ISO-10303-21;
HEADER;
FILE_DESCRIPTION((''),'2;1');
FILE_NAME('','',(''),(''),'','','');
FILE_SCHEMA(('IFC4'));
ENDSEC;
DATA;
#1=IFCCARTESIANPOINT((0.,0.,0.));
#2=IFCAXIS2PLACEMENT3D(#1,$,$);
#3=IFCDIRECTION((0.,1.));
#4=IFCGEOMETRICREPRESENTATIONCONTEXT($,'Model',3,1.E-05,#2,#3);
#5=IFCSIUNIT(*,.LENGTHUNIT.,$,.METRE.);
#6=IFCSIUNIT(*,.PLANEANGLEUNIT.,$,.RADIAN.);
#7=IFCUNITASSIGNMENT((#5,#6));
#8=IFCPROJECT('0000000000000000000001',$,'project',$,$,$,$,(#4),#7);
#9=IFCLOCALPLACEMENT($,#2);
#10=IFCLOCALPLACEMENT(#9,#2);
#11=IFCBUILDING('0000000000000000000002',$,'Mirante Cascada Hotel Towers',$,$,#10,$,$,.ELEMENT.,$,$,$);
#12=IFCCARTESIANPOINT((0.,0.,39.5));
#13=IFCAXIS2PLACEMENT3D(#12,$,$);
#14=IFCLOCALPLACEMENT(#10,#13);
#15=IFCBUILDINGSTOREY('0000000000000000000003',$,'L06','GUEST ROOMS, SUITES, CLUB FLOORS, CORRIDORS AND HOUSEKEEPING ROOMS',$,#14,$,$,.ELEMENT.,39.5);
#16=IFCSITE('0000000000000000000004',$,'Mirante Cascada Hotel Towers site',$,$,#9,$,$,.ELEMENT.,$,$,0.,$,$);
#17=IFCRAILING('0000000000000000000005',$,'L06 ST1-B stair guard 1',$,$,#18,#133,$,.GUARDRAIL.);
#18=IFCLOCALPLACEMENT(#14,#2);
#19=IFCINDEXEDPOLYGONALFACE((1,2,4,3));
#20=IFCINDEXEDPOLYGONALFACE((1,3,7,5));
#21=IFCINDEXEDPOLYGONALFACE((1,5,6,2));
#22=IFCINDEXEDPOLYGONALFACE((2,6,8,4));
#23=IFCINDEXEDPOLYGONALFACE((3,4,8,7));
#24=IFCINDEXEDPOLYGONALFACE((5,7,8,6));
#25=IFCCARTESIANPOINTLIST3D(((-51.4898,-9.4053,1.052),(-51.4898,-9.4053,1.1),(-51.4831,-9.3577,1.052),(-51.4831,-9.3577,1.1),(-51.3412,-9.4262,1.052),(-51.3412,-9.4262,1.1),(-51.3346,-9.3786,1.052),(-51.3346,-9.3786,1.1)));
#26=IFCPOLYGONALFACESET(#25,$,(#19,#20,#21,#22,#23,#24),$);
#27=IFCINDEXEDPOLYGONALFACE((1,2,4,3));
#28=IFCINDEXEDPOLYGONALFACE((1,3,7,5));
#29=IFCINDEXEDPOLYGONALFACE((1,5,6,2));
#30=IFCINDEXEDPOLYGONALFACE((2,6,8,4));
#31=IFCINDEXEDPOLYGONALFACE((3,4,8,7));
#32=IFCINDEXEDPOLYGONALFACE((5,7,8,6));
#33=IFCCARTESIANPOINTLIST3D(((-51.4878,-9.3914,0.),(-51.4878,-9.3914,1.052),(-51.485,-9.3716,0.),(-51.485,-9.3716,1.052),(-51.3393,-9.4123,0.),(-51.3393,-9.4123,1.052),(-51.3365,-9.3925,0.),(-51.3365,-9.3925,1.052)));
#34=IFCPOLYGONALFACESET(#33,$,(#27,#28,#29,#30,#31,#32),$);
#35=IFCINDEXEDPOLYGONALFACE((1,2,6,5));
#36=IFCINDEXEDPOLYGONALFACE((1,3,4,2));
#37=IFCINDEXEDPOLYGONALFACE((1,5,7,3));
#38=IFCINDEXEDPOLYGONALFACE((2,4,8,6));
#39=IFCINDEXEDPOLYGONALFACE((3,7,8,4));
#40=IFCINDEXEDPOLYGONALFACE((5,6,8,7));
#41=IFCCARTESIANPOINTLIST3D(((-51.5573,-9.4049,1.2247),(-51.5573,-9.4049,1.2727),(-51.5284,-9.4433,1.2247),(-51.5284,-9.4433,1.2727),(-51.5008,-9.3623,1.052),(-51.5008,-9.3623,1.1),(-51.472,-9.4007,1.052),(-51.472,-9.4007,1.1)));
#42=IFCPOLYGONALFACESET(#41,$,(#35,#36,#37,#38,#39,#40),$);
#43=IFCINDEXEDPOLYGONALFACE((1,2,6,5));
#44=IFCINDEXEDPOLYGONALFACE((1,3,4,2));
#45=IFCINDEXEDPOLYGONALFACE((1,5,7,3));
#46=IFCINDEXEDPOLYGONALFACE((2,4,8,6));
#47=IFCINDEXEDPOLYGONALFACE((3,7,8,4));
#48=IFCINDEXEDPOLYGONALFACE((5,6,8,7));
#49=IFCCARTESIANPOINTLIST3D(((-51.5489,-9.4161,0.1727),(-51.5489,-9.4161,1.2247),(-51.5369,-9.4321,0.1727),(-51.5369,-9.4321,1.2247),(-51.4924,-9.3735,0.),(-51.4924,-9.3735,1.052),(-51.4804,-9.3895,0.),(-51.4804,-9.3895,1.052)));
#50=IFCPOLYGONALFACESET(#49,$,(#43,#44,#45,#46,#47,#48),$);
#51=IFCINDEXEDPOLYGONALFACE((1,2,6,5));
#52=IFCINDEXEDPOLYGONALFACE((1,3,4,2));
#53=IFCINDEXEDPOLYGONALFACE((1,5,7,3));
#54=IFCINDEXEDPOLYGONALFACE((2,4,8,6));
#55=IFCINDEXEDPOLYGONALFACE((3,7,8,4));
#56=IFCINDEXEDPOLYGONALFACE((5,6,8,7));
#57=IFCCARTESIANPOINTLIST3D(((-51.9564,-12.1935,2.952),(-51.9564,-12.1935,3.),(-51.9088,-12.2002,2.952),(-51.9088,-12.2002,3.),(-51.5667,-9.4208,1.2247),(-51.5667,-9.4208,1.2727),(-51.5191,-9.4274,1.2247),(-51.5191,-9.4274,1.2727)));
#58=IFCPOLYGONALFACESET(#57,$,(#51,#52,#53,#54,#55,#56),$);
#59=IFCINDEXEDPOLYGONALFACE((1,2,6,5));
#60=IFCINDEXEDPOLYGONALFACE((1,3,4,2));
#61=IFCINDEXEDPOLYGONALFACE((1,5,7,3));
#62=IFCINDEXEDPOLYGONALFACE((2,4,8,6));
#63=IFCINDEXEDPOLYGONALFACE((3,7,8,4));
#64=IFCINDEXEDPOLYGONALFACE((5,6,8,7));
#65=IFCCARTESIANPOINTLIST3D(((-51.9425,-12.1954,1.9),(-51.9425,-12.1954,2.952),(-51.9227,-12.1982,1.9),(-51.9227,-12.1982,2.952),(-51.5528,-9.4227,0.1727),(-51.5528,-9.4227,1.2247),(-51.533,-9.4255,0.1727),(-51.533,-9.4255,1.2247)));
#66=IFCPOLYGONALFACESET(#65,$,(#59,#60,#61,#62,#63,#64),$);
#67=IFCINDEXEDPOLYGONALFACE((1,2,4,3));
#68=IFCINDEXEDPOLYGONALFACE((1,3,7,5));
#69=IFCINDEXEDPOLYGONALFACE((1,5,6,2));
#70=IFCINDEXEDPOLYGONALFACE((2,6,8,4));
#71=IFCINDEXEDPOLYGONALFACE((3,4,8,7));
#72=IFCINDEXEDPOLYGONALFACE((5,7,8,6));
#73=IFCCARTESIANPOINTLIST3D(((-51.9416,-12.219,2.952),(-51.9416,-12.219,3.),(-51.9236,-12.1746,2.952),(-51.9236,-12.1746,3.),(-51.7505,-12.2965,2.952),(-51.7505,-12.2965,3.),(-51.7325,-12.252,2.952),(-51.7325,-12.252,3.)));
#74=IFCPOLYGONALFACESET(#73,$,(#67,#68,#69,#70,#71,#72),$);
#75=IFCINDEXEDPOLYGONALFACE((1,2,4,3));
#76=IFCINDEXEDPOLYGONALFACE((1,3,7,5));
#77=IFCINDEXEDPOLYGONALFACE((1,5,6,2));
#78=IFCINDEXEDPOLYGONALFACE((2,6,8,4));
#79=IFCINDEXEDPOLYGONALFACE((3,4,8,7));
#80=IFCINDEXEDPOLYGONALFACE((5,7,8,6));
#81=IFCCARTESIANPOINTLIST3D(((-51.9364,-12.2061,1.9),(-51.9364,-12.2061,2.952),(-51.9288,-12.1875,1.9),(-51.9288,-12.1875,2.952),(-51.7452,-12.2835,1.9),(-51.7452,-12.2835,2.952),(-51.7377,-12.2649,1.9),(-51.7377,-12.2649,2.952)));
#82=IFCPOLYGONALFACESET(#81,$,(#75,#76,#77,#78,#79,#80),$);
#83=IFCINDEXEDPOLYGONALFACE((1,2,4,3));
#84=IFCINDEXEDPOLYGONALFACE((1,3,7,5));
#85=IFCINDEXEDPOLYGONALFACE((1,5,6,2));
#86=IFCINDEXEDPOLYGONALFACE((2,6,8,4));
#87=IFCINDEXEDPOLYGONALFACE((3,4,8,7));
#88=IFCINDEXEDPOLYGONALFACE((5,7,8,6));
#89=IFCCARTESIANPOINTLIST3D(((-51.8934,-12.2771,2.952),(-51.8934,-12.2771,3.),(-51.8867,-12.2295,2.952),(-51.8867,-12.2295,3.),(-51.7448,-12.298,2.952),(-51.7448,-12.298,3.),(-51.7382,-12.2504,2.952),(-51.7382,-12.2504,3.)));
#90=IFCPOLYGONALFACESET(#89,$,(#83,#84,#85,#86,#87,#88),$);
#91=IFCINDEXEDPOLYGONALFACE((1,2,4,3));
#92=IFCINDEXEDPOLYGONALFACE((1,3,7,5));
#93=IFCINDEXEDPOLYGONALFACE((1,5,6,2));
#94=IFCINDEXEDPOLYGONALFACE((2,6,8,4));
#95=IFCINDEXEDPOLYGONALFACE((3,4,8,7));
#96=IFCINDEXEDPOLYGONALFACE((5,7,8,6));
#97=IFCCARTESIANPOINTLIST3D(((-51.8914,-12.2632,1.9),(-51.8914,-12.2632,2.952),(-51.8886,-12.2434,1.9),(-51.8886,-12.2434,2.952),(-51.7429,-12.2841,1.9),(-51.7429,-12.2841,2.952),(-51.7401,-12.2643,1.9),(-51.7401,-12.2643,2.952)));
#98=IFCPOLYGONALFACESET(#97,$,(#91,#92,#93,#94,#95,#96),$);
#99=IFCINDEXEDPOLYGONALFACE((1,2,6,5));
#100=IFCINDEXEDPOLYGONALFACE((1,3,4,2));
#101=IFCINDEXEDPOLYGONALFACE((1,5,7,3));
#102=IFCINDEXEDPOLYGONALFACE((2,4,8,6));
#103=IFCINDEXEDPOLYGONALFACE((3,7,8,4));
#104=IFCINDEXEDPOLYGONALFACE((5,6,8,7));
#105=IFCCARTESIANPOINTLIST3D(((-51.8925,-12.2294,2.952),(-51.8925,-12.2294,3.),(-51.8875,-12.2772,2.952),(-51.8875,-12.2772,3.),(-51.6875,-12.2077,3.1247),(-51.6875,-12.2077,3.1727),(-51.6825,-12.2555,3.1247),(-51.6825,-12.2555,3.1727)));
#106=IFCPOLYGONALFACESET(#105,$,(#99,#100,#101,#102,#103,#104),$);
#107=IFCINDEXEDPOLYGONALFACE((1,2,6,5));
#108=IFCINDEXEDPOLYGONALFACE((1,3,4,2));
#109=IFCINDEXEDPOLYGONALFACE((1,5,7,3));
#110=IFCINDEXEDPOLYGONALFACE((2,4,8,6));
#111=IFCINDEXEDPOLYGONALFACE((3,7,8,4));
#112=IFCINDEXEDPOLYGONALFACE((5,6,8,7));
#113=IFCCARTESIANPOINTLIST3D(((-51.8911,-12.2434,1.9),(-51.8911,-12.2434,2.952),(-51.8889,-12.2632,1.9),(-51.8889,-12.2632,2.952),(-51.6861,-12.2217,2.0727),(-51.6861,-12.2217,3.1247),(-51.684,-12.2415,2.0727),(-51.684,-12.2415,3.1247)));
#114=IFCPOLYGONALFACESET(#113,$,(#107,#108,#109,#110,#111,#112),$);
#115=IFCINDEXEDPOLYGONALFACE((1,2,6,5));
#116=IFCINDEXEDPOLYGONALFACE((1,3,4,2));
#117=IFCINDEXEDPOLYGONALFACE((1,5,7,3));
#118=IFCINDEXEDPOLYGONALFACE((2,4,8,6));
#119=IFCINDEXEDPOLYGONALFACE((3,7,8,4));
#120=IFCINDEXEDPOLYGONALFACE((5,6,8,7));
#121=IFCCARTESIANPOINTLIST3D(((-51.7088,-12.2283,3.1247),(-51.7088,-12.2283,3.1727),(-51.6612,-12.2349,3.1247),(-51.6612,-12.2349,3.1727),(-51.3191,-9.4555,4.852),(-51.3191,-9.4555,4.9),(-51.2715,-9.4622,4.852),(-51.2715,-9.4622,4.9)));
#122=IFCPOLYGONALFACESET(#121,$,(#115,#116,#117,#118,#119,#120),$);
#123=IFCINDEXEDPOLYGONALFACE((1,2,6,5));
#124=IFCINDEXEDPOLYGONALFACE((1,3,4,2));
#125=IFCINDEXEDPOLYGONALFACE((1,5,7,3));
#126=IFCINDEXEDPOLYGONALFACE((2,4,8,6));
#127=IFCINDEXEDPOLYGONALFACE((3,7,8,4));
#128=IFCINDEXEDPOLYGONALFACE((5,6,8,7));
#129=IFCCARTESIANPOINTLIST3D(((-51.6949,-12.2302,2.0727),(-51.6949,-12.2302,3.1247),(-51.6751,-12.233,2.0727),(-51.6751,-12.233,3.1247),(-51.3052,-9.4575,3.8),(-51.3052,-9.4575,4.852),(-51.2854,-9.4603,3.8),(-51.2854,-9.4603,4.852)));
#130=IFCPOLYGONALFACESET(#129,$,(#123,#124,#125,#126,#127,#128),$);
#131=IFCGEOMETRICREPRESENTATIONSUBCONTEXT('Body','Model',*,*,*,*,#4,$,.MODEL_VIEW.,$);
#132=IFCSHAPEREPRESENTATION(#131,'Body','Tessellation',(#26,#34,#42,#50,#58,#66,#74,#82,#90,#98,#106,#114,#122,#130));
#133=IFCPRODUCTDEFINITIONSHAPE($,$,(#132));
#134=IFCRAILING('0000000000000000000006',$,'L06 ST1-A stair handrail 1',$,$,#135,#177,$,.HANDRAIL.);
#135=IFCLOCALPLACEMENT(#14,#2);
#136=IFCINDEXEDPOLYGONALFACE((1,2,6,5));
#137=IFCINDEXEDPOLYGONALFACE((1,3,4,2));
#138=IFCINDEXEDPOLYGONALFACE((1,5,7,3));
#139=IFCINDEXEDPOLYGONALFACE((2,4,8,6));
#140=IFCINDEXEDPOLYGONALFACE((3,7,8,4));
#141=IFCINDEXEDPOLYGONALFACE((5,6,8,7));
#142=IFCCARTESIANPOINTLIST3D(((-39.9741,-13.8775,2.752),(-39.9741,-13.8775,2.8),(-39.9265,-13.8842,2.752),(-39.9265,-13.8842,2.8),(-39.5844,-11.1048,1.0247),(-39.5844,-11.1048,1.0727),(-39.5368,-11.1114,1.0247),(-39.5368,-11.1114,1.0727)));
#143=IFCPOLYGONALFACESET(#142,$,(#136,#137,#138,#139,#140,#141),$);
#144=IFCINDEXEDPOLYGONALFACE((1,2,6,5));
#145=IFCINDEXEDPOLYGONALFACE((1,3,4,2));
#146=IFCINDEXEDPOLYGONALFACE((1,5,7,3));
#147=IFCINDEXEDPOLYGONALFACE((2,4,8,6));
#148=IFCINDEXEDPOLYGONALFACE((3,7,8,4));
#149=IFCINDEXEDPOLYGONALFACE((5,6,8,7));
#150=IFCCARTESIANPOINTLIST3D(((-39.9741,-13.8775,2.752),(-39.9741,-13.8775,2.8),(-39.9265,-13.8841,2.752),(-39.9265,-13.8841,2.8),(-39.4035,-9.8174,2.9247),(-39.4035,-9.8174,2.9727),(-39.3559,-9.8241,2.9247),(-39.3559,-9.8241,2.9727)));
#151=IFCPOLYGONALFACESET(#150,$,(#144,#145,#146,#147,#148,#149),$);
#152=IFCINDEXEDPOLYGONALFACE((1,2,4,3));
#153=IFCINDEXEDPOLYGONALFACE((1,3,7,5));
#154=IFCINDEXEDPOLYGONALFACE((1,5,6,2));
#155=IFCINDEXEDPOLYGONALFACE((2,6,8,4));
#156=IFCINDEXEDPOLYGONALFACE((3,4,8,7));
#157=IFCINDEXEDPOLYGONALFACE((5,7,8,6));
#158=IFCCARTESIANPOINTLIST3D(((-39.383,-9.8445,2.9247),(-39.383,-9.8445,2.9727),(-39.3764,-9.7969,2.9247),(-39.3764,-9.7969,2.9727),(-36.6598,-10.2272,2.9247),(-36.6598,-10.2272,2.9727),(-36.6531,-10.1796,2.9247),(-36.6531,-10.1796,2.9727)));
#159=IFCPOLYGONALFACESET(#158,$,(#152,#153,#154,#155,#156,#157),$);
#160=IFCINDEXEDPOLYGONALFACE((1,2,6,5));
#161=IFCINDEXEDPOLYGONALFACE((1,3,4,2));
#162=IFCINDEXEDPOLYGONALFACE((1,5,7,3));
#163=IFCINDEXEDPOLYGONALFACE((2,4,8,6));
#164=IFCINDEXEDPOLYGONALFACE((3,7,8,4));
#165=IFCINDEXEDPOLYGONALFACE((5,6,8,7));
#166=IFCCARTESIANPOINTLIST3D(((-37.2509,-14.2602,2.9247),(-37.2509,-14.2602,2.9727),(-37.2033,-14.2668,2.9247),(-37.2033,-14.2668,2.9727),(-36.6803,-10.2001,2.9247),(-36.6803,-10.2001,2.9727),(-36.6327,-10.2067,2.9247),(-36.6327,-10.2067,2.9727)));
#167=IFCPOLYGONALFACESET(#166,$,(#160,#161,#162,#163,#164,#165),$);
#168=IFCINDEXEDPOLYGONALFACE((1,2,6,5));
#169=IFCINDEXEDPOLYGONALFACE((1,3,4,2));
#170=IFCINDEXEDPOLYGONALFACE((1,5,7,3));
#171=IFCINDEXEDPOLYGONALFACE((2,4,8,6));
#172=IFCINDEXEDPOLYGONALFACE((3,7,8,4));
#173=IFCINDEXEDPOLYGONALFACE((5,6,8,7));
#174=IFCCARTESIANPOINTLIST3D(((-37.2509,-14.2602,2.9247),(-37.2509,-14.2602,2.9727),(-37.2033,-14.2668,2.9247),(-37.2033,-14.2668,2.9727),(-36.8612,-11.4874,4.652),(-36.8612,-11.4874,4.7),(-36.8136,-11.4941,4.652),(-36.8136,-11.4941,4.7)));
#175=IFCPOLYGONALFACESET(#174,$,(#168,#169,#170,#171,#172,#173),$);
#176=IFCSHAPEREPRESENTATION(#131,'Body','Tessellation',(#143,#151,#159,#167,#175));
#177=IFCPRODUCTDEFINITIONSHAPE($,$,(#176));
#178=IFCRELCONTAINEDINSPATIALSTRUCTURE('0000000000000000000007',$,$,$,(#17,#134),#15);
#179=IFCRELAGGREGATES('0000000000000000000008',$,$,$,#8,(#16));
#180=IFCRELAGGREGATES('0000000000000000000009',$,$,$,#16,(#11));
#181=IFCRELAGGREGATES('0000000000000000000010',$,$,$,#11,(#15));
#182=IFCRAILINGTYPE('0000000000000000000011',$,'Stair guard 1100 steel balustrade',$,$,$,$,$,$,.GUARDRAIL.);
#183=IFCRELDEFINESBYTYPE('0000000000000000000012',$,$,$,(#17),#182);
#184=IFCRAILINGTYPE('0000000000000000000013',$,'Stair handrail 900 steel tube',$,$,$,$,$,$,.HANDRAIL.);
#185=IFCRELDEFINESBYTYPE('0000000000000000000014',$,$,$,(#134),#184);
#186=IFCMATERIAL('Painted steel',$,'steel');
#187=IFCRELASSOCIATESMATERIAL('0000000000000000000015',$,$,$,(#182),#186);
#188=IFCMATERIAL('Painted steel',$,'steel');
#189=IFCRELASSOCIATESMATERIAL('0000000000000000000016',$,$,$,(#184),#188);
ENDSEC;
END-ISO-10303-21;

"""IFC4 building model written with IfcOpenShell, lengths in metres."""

from ifc_helpers import new_model, si_unit, direction, frame, origin, origin_2d, place, context, subcontext, project, spatial, rectangle, extrude, material, type_object, element, save


model = new_model("IFC4")

# Units and contexts
model_context = context("Model", 3, precision=1e-05, world=origin(), true_north=direction((0.0, 1.0)))
body_context = subcontext(model_context, "Body", "Model", "MODEL_VIEW")
ifc_project = project(units=[si_unit("LENGTHUNIT", "METRE"), si_unit("PLANEANGLEUNIT", "RADIAN")], contexts=[model_context])

# Site, building, storey
site_placement = place(None, origin())
site = spatial("IfcSite", under=ifc_project, at=site_placement, Name="Mirante Cascada Hotel Towers site", CompositionType="ELEMENT", RefElevation=0.0)
building_placement = place(site_placement, origin())
building = spatial("IfcBuilding", under=site, at=building_placement, Name="Mirante Cascada Hotel Towers", CompositionType="ELEMENT")
storey_placement = place(building_placement, frame((0.0, 0.0, 39.5)))
storey = spatial("IfcBuildingStorey", under=building, at=storey_placement, Name="L06", Description="GUEST ROOMS, SUITES, CLUB FLOORS, CORRIDORS AND HOUSEKEEPING ROOMS", CompositionType="ELEMENT", Elevation=39.5)

# Railings
ifc_material_1 = material(Name="Painted steel", Category="steel")
railing_type_1 = type_object("IfcRailingType", Name="Stair guard 1100 steel balustrade", PredefinedType="GUARDRAIL", material=ifc_material_1)
railing_1_placement = place(storey_placement, frame((-51.3379, -9.4024, 0.0)))
element("IfcRailing", 1, at=railing_1_placement, inside=storey, type_object=railing_type_1, Name="L06 ST1-B stair guard 1", PredefinedType="GUARDRAIL", context=body_context, shape_type="SweptSolid", body=[
    extrude(rectangle(XDim=0.048, YDim=0.048, at=origin_2d()), frame((0.0, 0.0, 1.076), z_axis=(-0.990241, 0.139367, 0.0), x_axis=(-0.139367, -0.990241, 0.0)), (0.0, 0.0, 1.0), 0.15),
    extrude(rectangle(XDim=0.02, YDim=1.052, at=origin_2d()), frame((0.0, 0.0, 0.526), z_axis=(-0.990241, 0.139367, 0.0), x_axis=(-0.139367, -0.990241, 0.0)), (0.0, 0.0, 1.0), 0.15),
    extrude(rectangle(XDim=0.048, YDim=0.048, at=origin_2d()), frame((-0.1485, 0.0209, 1.076), z_axis=(-0.798471, -0.602033, 0.0), x_axis=(0.602033, -0.798471, 0.0)), (0.0, 0.92534, 0.379139), 0.1866),
    extrude(rectangle(XDim=0.02, YDim=1.052, at=origin_2d()), frame((-0.1485, 0.0209, 0.526), z_axis=(-0.798471, -0.602033, 0.0), x_axis=(0.602033, -0.798471, 0.0)), (0.0, 0.92534, 0.379139), 0.1866),
    extrude(rectangle(XDim=0.048, YDim=0.048, at=origin_2d()), frame((-0.205, -0.0217, 1.2487), z_axis=(-0.139181, -0.990267, 0.0), x_axis=(0.990267, -0.139181, 0.0)), (0.0, 0.525035, 0.851081), 3.2899),
    extrude(rectangle(XDim=0.02, YDim=1.052, at=origin_2d()), frame((-0.205, -0.0217, 0.6987), z_axis=(-0.139181, -0.990267, 0.0), x_axis=(0.990267, -0.139181, 0.0)), (0.0, 0.525035, 0.851081), 3.2899),
    extrude(rectangle(XDim=0.048, YDim=0.048, at=origin_2d()), frame((-0.5947, -2.7944, 2.976), z_axis=(0.926862, -0.375401, 0.0), x_axis=(0.375401, 0.926862, 0.0)), (0.0, 0.0, 1.0), 0.2062),
    extrude(rectangle(XDim=0.02, YDim=1.052, at=origin_2d()), frame((-0.5947, -2.7944, 2.426), z_axis=(0.926862, -0.375401, 0.0), x_axis=(0.375401, 0.926862, 0.0)), (0.0, 0.0, 1.0), 0.2062),
    extrude(rectangle(XDim=0.048, YDim=0.048, at=origin_2d()), frame((-0.4036, -2.8718, 2.976), z_axis=(-0.990241, 0.139367, 0.0), x_axis=(-0.139367, -0.990241, 0.0)), (0.0, 0.0, 1.0), 0.15),
    extrude(rectangle(XDim=0.02, YDim=1.052, at=origin_2d()), frame((-0.4036, -2.8718, 2.426), z_axis=(-0.990241, 0.139367, 0.0), x_axis=(-0.139367, -0.990241, 0.0)), (0.0, 0.0, 1.0), 0.15),
    extrude(rectangle(XDim=0.048, YDim=0.048, at=origin_2d()), frame((-0.5521, -2.8509, 2.976), z_axis=(0.994444, 0.105266, 0.0), x_axis=(-0.105266, 0.994444, 0.0)), (0.0, 0.642184, 0.76655), 0.2689),
    extrude(rectangle(XDim=0.02, YDim=1.052, at=origin_2d()), frame((-0.5521, -2.8509, 2.426), z_axis=(0.994444, 0.105266, 0.0), x_axis=(-0.105266, 0.994444, 0.0)), (0.0, 0.642184, 0.76655), 0.2689),
    extrude(rectangle(XDim=0.048, YDim=0.048, at=origin_2d()), frame((-0.3471, -2.8292, 3.1487), z_axis=(0.139181, 0.990267, 0.0), x_axis=(-0.990267, 0.139181, 0.0)), (0.0, 0.525035, 0.851081), 3.2899),
    extrude(rectangle(XDim=0.02, YDim=1.052, at=origin_2d()), frame((-0.3471, -2.8292, 2.5987), z_axis=(0.139181, 0.990267, 0.0), x_axis=(-0.990267, 0.139181, 0.0)), (0.0, 0.525035, 0.851081), 3.2899),
])
ifc_material_2 = material(Name="Painted steel", Category="steel")
railing_type_2 = type_object("IfcRailingType", Name="Stair handrail 900 steel tube", PredefinedType="HANDRAIL", material=ifc_material_2)
railing_2_placement = place(storey_placement, frame((-39.5606, -11.1081, 0.1727)))
element("IfcRailing", 2, at=railing_2_placement, inside=storey, type_object=railing_type_2, Name="L06 ST1-A stair handrail 1", PredefinedType="HANDRAIL", context=body_context, shape_type="SweptSolid", body=[
    extrude(rectangle(XDim=0.048, YDim=0.048, at=origin_2d()), frame((0.0, 0.0, 0.876), z_axis=(-0.139181, -0.990267, 0.0), x_axis=(0.990267, -0.139181, 0.0)), (0.0, 0.525035, 0.851081), 3.2899),
    extrude(rectangle(XDim=0.048, YDim=0.048, at=origin_2d()), frame((-0.3897, -2.7727, 2.6033), z_axis=(0.139171, 0.990268, 0.0), x_axis=(-0.990268, 0.139171, 0.0)), (0.0, 0.042085, 0.999114), 4.1036),
    extrude(rectangle(XDim=0.048, YDim=0.048, at=origin_2d()), frame((0.1809, 1.2874, 2.776), z_axis=(0.990269, -0.139166, 0.0), x_axis=(0.139166, 0.990269, 0.0)), (0.0, 0.0, 1.0), 2.75),
    extrude(rectangle(XDim=0.048, YDim=0.048, at=origin_2d()), frame((2.9041, 0.9047, 2.776), z_axis=(-0.139171, -0.990268, 0.0), x_axis=(0.990268, -0.139171, 0.0)), (0.0, 0.0, 1.0), 4.1),
    extrude(rectangle(XDim=0.048, YDim=0.048, at=origin_2d()), frame((2.3335, -3.1554, 2.776), z_axis=(0.139181, 0.990267, 0.0), x_axis=(-0.990267, 0.139181, 0.0)), (0.0, 0.525035, 0.851081), 3.2899),
])

save(model, "model.ifc")
